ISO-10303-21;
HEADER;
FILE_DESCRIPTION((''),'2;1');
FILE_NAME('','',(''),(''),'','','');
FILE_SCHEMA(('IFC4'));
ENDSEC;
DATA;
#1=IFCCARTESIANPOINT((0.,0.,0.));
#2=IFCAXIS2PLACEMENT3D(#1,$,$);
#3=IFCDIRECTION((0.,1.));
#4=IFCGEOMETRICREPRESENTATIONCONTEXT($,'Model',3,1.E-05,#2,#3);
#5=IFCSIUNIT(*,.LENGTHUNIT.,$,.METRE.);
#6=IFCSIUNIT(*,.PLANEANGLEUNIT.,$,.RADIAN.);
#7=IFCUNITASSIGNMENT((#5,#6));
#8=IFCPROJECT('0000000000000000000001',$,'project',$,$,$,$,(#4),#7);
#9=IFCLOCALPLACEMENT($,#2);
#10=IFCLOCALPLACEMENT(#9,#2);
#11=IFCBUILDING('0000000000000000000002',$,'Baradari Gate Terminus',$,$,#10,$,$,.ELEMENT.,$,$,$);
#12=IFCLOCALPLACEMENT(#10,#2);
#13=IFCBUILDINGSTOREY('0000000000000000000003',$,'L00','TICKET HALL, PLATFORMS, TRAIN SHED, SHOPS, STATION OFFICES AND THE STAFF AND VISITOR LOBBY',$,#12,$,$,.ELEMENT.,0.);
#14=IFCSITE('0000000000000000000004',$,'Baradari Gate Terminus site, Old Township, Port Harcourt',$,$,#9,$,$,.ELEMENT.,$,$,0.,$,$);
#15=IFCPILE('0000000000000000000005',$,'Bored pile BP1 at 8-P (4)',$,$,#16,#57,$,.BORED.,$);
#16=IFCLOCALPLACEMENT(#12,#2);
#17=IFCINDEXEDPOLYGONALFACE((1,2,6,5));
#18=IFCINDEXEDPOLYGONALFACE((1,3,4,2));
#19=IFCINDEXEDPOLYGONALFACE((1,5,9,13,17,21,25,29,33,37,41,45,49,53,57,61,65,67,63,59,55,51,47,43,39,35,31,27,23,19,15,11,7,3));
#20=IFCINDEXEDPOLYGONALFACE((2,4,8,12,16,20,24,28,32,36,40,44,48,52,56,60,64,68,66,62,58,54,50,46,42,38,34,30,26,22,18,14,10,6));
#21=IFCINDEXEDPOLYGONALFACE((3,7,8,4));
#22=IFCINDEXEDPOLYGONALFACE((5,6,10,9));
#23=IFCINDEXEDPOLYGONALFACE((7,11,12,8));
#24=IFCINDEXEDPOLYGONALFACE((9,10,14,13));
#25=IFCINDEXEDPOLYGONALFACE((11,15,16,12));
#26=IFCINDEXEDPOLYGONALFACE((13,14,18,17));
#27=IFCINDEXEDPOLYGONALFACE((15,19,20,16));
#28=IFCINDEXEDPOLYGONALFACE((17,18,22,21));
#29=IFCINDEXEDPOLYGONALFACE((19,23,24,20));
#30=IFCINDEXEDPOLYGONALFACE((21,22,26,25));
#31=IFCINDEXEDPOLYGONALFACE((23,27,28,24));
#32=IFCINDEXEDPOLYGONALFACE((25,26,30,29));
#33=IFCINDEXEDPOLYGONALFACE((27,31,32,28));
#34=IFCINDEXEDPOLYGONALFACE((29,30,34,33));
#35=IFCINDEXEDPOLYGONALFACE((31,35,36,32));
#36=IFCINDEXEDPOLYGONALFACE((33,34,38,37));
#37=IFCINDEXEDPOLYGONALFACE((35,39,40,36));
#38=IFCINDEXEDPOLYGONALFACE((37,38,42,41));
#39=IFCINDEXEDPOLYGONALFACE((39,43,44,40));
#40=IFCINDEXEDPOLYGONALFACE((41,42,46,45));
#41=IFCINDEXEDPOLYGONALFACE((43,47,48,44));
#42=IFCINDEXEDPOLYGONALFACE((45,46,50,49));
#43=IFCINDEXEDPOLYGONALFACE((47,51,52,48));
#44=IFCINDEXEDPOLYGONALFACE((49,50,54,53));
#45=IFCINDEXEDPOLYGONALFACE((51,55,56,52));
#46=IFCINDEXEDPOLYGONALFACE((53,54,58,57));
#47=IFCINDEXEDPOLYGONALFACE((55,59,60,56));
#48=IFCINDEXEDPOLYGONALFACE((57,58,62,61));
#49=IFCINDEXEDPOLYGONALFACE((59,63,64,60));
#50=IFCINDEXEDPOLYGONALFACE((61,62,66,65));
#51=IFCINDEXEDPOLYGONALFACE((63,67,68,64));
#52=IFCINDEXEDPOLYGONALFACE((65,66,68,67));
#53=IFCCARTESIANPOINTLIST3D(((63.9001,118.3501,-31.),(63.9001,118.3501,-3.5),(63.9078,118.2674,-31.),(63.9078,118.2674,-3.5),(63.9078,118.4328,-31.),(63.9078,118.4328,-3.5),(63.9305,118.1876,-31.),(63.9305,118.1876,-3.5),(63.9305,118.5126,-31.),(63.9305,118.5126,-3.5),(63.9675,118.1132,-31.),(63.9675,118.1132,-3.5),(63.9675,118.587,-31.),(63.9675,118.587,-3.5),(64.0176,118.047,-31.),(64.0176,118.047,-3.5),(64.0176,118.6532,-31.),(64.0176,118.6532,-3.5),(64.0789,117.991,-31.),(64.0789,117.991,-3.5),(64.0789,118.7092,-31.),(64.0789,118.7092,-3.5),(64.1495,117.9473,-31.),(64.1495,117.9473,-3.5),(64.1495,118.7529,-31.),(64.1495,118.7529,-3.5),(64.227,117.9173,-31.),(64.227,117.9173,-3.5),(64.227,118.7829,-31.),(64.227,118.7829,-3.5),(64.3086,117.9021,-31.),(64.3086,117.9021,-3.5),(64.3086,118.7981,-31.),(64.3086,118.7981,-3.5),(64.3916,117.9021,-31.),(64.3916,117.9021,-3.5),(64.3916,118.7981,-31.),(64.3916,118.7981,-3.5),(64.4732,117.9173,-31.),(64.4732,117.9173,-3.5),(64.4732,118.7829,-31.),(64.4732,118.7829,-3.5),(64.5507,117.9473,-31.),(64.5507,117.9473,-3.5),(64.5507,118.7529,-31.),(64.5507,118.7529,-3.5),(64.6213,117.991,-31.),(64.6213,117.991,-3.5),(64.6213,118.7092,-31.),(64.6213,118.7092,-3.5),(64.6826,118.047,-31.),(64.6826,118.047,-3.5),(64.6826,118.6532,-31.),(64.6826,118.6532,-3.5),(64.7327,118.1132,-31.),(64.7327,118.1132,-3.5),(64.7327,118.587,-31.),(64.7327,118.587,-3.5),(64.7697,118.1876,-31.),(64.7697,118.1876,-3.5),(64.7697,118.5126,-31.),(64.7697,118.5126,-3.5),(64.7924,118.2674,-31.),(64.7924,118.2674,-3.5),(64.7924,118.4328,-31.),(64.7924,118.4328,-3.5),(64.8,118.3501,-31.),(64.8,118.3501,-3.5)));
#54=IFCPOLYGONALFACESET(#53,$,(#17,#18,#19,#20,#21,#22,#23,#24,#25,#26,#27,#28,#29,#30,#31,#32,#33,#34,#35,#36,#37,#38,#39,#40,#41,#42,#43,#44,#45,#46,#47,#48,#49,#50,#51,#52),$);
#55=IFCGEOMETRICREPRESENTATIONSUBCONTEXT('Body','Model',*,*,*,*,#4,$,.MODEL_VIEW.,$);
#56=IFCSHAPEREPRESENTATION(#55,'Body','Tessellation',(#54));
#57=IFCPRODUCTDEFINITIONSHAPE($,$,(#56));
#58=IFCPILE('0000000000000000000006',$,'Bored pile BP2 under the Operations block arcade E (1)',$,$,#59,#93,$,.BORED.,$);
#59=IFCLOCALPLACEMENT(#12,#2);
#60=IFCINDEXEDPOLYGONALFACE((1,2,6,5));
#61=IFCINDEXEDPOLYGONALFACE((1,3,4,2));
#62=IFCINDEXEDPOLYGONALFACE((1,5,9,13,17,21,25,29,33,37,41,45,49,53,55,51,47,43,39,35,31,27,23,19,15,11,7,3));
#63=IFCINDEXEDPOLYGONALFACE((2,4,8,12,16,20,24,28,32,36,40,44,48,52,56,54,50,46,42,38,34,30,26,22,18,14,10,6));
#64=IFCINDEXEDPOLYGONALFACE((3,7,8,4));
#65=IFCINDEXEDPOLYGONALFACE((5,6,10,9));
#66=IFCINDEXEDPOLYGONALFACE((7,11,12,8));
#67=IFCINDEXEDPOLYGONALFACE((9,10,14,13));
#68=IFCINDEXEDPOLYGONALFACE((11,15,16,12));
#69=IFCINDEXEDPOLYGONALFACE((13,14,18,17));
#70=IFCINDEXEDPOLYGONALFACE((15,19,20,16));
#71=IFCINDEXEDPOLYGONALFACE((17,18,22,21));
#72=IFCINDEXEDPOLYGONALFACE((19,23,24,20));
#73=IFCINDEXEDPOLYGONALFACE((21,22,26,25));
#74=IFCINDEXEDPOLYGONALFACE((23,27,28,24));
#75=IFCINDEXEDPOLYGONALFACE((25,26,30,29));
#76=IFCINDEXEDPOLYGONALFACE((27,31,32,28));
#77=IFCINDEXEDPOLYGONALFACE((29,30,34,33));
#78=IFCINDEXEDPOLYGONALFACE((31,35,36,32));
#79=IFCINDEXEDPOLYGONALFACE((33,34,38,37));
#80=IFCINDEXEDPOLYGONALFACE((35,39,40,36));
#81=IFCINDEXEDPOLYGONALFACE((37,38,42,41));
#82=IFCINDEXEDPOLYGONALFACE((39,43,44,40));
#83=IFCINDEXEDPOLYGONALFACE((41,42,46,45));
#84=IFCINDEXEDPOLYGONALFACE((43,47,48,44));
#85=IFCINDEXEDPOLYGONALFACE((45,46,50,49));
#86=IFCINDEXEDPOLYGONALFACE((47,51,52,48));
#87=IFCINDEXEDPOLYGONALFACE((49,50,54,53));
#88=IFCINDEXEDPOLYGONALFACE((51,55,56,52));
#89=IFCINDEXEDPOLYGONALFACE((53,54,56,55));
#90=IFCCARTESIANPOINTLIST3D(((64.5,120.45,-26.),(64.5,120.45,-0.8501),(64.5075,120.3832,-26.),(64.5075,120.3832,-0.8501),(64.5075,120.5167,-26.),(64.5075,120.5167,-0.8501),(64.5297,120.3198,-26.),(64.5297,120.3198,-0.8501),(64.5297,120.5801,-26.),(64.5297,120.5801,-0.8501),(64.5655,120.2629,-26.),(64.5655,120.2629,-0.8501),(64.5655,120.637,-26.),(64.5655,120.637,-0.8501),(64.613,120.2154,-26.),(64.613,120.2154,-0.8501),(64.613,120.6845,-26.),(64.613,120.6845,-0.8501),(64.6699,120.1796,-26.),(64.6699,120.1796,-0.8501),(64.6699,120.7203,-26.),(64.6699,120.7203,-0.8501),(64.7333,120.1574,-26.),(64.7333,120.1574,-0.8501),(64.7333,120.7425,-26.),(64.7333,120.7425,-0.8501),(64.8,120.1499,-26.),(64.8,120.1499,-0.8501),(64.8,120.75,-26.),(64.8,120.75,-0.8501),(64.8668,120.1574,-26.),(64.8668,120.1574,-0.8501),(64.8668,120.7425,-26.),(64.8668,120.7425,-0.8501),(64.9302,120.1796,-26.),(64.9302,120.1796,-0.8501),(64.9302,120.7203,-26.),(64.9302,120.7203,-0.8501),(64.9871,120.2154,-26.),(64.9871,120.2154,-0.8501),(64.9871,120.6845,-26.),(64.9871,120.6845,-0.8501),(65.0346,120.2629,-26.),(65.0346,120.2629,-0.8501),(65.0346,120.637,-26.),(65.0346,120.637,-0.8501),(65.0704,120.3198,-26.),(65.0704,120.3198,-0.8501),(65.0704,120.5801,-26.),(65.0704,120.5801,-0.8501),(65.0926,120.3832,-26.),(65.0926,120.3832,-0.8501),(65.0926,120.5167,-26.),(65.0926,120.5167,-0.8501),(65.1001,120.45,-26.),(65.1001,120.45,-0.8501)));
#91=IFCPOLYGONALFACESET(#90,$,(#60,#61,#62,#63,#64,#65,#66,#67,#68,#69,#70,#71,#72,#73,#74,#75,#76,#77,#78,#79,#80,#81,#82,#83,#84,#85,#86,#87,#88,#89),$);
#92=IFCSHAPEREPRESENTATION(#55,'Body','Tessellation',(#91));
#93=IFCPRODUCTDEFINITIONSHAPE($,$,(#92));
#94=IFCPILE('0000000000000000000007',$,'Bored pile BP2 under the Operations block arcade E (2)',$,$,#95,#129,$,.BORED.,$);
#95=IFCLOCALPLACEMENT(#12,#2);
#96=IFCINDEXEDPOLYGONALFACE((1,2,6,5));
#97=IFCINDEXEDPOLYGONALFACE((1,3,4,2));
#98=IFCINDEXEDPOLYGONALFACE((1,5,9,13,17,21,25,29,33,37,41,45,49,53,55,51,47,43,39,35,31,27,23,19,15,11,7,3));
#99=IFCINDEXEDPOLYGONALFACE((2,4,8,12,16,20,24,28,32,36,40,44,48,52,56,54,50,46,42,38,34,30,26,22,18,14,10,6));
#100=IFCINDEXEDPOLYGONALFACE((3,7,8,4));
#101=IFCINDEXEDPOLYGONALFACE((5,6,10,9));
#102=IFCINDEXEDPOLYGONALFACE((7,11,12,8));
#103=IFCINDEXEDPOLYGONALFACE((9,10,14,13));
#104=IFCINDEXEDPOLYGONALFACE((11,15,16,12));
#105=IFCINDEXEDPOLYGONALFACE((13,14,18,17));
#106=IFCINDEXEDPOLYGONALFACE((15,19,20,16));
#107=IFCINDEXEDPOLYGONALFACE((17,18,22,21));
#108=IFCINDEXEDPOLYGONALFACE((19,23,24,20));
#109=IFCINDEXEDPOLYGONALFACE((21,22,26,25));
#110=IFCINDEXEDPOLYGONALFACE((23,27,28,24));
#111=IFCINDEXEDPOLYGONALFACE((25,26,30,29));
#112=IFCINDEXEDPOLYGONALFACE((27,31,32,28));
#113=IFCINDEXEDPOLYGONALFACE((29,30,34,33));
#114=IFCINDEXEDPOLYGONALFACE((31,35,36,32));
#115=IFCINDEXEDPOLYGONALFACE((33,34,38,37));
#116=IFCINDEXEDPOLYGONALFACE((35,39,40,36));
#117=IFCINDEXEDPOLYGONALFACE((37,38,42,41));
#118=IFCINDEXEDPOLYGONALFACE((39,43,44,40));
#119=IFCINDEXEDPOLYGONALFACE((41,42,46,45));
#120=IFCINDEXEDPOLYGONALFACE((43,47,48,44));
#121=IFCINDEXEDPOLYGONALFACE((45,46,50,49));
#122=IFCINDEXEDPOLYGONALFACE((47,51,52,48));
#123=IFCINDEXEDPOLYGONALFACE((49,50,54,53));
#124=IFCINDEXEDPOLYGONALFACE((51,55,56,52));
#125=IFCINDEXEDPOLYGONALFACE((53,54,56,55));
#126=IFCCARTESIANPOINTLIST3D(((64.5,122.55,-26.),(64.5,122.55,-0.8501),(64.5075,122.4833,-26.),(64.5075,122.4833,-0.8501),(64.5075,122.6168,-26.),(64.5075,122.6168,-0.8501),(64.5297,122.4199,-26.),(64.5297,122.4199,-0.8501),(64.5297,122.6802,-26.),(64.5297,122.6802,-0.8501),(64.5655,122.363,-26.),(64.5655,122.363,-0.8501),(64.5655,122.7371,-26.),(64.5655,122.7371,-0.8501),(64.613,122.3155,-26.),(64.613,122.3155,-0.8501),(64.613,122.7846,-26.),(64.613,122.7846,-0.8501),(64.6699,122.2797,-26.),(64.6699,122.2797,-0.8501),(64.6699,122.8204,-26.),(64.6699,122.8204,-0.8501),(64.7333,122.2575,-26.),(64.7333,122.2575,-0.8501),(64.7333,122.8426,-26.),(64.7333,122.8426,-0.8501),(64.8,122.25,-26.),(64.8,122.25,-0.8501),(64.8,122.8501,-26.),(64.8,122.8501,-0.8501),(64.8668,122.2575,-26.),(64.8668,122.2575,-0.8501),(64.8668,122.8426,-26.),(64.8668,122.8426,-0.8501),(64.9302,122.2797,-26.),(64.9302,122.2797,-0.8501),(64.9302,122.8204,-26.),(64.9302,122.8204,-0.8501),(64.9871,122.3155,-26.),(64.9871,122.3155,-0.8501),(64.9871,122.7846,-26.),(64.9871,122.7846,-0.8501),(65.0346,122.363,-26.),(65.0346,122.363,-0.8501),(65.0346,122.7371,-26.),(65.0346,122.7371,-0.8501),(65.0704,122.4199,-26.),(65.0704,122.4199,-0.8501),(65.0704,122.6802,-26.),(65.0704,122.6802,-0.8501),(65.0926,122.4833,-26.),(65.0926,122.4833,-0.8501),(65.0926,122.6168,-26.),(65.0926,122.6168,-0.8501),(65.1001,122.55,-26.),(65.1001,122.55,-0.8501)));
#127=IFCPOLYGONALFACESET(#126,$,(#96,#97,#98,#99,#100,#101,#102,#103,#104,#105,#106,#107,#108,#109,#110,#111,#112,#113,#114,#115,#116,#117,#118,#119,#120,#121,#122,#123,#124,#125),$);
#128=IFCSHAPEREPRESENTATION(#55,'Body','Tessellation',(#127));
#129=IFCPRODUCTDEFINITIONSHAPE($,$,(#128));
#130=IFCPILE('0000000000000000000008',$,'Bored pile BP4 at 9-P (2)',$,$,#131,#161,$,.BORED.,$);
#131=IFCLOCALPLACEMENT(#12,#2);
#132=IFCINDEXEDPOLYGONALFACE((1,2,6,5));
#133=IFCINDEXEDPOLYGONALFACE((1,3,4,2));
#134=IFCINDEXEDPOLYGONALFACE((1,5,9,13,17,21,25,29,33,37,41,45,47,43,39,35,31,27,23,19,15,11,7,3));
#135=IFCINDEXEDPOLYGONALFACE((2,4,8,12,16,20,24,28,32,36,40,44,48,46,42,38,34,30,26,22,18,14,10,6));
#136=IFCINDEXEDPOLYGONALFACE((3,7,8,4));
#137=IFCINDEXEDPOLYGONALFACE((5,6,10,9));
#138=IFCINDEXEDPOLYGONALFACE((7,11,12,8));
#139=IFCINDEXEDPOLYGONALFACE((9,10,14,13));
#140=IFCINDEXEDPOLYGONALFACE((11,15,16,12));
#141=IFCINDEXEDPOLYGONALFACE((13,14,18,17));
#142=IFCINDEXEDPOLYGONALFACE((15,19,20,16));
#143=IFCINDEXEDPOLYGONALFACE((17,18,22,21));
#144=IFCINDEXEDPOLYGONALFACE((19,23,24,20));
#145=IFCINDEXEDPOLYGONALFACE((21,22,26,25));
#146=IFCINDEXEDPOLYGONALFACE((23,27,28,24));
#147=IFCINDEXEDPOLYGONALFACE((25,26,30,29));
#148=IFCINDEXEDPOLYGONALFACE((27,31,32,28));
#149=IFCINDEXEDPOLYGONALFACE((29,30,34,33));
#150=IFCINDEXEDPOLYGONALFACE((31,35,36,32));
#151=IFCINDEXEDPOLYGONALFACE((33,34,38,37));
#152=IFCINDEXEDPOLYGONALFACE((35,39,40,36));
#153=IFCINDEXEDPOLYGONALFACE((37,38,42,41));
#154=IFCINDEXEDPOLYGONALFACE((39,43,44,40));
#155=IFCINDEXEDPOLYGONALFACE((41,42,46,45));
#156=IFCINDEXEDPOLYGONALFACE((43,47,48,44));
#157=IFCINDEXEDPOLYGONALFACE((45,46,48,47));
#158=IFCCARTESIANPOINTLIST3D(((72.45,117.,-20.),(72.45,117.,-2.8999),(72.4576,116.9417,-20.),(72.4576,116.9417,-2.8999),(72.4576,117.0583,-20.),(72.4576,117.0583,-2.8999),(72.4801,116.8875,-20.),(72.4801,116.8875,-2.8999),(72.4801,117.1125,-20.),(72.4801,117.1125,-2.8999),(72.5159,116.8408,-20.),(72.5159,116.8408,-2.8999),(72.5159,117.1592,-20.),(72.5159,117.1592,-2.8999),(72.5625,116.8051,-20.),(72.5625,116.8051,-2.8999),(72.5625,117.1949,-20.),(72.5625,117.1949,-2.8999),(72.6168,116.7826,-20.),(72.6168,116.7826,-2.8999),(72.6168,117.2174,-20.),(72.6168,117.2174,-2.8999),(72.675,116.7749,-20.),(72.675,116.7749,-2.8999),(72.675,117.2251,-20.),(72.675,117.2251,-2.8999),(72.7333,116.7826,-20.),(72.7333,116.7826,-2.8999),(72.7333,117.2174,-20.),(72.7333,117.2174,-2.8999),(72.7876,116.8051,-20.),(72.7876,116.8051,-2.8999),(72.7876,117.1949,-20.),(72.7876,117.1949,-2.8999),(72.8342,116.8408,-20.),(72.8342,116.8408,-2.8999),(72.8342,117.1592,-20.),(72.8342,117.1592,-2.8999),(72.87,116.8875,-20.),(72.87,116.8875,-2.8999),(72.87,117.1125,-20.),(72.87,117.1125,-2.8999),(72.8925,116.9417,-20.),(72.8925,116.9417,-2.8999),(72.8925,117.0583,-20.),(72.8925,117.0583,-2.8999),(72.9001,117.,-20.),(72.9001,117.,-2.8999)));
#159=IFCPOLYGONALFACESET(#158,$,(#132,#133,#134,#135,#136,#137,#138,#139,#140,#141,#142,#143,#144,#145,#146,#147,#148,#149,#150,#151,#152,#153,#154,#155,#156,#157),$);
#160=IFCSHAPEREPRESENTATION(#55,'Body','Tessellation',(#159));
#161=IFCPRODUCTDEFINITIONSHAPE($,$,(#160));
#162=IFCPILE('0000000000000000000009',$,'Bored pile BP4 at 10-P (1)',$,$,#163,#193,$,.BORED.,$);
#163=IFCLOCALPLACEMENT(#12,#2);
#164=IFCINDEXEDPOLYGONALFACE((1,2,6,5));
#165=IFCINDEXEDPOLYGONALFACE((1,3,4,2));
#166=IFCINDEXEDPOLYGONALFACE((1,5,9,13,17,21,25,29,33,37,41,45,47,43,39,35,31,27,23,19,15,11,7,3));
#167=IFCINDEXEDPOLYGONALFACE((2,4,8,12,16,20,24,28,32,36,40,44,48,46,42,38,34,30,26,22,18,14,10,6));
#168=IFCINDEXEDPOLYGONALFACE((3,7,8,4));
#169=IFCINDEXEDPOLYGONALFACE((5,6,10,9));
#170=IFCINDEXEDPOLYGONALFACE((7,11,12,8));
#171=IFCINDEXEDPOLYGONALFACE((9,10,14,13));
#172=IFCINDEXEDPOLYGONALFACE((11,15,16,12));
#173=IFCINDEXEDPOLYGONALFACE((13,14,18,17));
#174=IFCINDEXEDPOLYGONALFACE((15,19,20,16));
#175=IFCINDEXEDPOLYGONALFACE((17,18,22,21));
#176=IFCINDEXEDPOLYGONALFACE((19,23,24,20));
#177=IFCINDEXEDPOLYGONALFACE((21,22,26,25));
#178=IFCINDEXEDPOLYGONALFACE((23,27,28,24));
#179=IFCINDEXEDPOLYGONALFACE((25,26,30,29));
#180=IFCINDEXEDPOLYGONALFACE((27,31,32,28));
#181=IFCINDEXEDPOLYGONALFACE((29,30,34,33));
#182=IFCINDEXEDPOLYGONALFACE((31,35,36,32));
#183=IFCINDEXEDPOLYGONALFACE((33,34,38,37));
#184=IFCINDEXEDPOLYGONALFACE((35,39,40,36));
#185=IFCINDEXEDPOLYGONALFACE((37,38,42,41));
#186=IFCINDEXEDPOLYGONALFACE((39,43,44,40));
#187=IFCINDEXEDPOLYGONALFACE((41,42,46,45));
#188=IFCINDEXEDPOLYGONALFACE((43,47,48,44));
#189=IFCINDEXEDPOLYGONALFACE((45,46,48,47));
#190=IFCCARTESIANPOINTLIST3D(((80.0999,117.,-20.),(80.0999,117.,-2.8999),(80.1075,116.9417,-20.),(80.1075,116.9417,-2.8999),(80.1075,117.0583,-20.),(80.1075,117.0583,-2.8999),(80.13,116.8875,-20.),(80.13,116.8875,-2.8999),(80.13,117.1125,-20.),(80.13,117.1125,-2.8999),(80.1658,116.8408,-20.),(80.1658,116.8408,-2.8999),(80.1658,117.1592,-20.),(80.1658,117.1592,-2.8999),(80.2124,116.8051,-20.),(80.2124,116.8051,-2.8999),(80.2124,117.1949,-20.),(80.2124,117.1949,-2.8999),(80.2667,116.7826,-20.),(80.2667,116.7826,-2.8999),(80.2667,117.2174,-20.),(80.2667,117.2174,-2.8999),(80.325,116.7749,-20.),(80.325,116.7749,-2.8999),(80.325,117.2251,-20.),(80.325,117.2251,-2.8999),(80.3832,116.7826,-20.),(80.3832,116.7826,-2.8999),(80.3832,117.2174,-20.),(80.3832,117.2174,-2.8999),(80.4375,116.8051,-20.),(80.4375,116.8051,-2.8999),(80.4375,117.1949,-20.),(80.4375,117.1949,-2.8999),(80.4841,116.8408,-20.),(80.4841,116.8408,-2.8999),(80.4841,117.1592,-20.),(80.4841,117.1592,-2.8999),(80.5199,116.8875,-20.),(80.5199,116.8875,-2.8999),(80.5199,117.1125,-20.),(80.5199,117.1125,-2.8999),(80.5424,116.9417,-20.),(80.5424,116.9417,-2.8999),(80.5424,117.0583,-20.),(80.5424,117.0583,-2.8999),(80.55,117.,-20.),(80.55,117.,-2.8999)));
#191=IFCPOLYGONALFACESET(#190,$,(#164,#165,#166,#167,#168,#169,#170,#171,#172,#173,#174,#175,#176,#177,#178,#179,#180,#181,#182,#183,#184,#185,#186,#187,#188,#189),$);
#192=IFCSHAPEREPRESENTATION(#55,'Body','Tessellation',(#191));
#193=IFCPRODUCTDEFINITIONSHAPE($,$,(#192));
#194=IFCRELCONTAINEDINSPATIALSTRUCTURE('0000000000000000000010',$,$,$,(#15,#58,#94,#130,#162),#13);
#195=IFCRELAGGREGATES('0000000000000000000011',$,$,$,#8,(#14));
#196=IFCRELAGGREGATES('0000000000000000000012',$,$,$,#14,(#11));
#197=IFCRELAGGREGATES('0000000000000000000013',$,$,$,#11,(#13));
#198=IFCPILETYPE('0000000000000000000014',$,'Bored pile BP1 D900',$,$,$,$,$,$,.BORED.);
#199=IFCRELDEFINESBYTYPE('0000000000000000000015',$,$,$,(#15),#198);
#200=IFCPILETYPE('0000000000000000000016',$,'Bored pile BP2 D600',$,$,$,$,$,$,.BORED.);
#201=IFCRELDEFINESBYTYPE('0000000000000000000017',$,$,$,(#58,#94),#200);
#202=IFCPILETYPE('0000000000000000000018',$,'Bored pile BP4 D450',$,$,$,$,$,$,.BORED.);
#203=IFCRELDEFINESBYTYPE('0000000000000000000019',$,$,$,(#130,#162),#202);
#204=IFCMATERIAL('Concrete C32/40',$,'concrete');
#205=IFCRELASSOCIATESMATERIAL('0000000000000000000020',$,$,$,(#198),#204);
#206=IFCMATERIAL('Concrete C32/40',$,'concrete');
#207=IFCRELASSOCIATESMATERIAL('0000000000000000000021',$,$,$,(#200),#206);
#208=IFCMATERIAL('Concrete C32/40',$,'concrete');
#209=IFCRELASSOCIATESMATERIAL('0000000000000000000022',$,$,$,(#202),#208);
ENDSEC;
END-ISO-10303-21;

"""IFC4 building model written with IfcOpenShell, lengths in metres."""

from ifc_helpers import new_model, si_unit, direction, frame, origin, origin_2d, place, context, subcontext, project, spatial, circle, extrude, material, type_object, element, save


model = new_model("IFC4")

# Units and contexts
model_context = context("Model", 3, precision=1e-05, world=origin(), true_north=direction((0.0, 1.0)))
body_context = subcontext(model_context, "Body", "Model", "MODEL_VIEW")
ifc_project = project(units=[si_unit("LENGTHUNIT", "METRE"), si_unit("PLANEANGLEUNIT", "RADIAN")], contexts=[model_context])

# Site, building, storey
site_placement = place(None, origin())
site = spatial("IfcSite", under=ifc_project, at=site_placement, Name="Baradari Gate Terminus site, Old Township, Port Harcourt", CompositionType="ELEMENT", RefElevation=0.0)
building_placement = place(site_placement, origin())
building = spatial("IfcBuilding", under=site, at=building_placement, Name="Baradari Gate Terminus", CompositionType="ELEMENT")
storey_placement = place(building_placement, origin())
storey = spatial("IfcBuildingStorey", under=building, at=storey_placement, Name="L00", Description="TICKET HALL, PLATFORMS, TRAIN SHED, SHOPS, STATION OFFICES AND THE STAFF AND VISITOR LOBBY", CompositionType="ELEMENT", Elevation=0.0)

# Piles
ifc_material_1 = material(Name="Concrete C32/40", Category="concrete")
pile_type_1 = type_object("IfcPileType", Name="Bored pile BP1 D900", PredefinedType="BORED", material=ifc_material_1)
pile_placement = place(storey_placement, frame((64.3501, 118.3501, -3.5), z_axis=(0.0, 0.0, -1.0), x_axis=(1.0, 0.0, 0.0)))
element("IfcPile", 1, at=pile_placement, inside=storey, type_object=pile_type_1, Name="Bored pile BP1 at 8-P (4)", PredefinedType="BORED", context=body_context, shape_type="SweptSolid", body=[
    extrude(circle(Radius=0.45, at=origin_2d()), origin(), (0.0, 0.0, 1.0), 27.5),
])
ifc_material_2 = material(Name="Concrete C32/40", Category="concrete")
pile_type_2 = type_object("IfcPileType", Name="Bored pile BP2 D600", PredefinedType="BORED", material=ifc_material_2)
for number, where, z_axis, x_axis, name in (
    (2, (64.8, 120.45, -0.8501), (0.0, 0.0, -1.0), (1.0, 0.0, 0.0), "Bored pile BP2 under the Operations block arcade E (1)"),
    (3, (64.8, 122.55, -0.8501), (0.0, 0.0, -1.0), (1.0, 0.0, 0.0), "Bored pile BP2 under the Operations block arcade E (2)"),
):
    element("IfcPile", number, at=place(storey_placement, frame(where, z_axis=z_axis, x_axis=x_axis)), inside=storey, type_object=pile_type_2, Name=name, PredefinedType="BORED", context=body_context, shape_type="SweptSolid", body=[
        extrude(circle(Radius=0.3, at=origin_2d()), origin(), (0.0, 0.0, 1.0), 25.1499),
    ])
ifc_material_3 = material(Name="Concrete C32/40", Category="concrete")
pile_type_3 = type_object("IfcPileType", Name="Bored pile BP4 D450", PredefinedType="BORED", material=ifc_material_3)
for number, where, z_axis, x_axis, name in (
    (4, (72.675, 117.0, -2.8999), (0.0, 0.0, -1.0), (1.0, 0.0, 0.0), "Bored pile BP4 at 9-P (2)"),
    (5, (80.325, 117.0, -2.8999), (0.0, 0.0, -1.0), (1.0, 0.0, 0.0), "Bored pile BP4 at 10-P (1)"),
):
    element("IfcPile", number, at=place(storey_placement, frame(where, z_axis=z_axis, x_axis=x_axis)), inside=storey, type_object=pile_type_3, Name=name, PredefinedType="BORED", context=body_context, shape_type="SweptSolid", body=[
        extrude(circle(Radius=0.2251, at=origin_2d()), origin(), (0.0, 0.0, 1.0), 17.1001),
    ])

save(model, "model.ifc")
